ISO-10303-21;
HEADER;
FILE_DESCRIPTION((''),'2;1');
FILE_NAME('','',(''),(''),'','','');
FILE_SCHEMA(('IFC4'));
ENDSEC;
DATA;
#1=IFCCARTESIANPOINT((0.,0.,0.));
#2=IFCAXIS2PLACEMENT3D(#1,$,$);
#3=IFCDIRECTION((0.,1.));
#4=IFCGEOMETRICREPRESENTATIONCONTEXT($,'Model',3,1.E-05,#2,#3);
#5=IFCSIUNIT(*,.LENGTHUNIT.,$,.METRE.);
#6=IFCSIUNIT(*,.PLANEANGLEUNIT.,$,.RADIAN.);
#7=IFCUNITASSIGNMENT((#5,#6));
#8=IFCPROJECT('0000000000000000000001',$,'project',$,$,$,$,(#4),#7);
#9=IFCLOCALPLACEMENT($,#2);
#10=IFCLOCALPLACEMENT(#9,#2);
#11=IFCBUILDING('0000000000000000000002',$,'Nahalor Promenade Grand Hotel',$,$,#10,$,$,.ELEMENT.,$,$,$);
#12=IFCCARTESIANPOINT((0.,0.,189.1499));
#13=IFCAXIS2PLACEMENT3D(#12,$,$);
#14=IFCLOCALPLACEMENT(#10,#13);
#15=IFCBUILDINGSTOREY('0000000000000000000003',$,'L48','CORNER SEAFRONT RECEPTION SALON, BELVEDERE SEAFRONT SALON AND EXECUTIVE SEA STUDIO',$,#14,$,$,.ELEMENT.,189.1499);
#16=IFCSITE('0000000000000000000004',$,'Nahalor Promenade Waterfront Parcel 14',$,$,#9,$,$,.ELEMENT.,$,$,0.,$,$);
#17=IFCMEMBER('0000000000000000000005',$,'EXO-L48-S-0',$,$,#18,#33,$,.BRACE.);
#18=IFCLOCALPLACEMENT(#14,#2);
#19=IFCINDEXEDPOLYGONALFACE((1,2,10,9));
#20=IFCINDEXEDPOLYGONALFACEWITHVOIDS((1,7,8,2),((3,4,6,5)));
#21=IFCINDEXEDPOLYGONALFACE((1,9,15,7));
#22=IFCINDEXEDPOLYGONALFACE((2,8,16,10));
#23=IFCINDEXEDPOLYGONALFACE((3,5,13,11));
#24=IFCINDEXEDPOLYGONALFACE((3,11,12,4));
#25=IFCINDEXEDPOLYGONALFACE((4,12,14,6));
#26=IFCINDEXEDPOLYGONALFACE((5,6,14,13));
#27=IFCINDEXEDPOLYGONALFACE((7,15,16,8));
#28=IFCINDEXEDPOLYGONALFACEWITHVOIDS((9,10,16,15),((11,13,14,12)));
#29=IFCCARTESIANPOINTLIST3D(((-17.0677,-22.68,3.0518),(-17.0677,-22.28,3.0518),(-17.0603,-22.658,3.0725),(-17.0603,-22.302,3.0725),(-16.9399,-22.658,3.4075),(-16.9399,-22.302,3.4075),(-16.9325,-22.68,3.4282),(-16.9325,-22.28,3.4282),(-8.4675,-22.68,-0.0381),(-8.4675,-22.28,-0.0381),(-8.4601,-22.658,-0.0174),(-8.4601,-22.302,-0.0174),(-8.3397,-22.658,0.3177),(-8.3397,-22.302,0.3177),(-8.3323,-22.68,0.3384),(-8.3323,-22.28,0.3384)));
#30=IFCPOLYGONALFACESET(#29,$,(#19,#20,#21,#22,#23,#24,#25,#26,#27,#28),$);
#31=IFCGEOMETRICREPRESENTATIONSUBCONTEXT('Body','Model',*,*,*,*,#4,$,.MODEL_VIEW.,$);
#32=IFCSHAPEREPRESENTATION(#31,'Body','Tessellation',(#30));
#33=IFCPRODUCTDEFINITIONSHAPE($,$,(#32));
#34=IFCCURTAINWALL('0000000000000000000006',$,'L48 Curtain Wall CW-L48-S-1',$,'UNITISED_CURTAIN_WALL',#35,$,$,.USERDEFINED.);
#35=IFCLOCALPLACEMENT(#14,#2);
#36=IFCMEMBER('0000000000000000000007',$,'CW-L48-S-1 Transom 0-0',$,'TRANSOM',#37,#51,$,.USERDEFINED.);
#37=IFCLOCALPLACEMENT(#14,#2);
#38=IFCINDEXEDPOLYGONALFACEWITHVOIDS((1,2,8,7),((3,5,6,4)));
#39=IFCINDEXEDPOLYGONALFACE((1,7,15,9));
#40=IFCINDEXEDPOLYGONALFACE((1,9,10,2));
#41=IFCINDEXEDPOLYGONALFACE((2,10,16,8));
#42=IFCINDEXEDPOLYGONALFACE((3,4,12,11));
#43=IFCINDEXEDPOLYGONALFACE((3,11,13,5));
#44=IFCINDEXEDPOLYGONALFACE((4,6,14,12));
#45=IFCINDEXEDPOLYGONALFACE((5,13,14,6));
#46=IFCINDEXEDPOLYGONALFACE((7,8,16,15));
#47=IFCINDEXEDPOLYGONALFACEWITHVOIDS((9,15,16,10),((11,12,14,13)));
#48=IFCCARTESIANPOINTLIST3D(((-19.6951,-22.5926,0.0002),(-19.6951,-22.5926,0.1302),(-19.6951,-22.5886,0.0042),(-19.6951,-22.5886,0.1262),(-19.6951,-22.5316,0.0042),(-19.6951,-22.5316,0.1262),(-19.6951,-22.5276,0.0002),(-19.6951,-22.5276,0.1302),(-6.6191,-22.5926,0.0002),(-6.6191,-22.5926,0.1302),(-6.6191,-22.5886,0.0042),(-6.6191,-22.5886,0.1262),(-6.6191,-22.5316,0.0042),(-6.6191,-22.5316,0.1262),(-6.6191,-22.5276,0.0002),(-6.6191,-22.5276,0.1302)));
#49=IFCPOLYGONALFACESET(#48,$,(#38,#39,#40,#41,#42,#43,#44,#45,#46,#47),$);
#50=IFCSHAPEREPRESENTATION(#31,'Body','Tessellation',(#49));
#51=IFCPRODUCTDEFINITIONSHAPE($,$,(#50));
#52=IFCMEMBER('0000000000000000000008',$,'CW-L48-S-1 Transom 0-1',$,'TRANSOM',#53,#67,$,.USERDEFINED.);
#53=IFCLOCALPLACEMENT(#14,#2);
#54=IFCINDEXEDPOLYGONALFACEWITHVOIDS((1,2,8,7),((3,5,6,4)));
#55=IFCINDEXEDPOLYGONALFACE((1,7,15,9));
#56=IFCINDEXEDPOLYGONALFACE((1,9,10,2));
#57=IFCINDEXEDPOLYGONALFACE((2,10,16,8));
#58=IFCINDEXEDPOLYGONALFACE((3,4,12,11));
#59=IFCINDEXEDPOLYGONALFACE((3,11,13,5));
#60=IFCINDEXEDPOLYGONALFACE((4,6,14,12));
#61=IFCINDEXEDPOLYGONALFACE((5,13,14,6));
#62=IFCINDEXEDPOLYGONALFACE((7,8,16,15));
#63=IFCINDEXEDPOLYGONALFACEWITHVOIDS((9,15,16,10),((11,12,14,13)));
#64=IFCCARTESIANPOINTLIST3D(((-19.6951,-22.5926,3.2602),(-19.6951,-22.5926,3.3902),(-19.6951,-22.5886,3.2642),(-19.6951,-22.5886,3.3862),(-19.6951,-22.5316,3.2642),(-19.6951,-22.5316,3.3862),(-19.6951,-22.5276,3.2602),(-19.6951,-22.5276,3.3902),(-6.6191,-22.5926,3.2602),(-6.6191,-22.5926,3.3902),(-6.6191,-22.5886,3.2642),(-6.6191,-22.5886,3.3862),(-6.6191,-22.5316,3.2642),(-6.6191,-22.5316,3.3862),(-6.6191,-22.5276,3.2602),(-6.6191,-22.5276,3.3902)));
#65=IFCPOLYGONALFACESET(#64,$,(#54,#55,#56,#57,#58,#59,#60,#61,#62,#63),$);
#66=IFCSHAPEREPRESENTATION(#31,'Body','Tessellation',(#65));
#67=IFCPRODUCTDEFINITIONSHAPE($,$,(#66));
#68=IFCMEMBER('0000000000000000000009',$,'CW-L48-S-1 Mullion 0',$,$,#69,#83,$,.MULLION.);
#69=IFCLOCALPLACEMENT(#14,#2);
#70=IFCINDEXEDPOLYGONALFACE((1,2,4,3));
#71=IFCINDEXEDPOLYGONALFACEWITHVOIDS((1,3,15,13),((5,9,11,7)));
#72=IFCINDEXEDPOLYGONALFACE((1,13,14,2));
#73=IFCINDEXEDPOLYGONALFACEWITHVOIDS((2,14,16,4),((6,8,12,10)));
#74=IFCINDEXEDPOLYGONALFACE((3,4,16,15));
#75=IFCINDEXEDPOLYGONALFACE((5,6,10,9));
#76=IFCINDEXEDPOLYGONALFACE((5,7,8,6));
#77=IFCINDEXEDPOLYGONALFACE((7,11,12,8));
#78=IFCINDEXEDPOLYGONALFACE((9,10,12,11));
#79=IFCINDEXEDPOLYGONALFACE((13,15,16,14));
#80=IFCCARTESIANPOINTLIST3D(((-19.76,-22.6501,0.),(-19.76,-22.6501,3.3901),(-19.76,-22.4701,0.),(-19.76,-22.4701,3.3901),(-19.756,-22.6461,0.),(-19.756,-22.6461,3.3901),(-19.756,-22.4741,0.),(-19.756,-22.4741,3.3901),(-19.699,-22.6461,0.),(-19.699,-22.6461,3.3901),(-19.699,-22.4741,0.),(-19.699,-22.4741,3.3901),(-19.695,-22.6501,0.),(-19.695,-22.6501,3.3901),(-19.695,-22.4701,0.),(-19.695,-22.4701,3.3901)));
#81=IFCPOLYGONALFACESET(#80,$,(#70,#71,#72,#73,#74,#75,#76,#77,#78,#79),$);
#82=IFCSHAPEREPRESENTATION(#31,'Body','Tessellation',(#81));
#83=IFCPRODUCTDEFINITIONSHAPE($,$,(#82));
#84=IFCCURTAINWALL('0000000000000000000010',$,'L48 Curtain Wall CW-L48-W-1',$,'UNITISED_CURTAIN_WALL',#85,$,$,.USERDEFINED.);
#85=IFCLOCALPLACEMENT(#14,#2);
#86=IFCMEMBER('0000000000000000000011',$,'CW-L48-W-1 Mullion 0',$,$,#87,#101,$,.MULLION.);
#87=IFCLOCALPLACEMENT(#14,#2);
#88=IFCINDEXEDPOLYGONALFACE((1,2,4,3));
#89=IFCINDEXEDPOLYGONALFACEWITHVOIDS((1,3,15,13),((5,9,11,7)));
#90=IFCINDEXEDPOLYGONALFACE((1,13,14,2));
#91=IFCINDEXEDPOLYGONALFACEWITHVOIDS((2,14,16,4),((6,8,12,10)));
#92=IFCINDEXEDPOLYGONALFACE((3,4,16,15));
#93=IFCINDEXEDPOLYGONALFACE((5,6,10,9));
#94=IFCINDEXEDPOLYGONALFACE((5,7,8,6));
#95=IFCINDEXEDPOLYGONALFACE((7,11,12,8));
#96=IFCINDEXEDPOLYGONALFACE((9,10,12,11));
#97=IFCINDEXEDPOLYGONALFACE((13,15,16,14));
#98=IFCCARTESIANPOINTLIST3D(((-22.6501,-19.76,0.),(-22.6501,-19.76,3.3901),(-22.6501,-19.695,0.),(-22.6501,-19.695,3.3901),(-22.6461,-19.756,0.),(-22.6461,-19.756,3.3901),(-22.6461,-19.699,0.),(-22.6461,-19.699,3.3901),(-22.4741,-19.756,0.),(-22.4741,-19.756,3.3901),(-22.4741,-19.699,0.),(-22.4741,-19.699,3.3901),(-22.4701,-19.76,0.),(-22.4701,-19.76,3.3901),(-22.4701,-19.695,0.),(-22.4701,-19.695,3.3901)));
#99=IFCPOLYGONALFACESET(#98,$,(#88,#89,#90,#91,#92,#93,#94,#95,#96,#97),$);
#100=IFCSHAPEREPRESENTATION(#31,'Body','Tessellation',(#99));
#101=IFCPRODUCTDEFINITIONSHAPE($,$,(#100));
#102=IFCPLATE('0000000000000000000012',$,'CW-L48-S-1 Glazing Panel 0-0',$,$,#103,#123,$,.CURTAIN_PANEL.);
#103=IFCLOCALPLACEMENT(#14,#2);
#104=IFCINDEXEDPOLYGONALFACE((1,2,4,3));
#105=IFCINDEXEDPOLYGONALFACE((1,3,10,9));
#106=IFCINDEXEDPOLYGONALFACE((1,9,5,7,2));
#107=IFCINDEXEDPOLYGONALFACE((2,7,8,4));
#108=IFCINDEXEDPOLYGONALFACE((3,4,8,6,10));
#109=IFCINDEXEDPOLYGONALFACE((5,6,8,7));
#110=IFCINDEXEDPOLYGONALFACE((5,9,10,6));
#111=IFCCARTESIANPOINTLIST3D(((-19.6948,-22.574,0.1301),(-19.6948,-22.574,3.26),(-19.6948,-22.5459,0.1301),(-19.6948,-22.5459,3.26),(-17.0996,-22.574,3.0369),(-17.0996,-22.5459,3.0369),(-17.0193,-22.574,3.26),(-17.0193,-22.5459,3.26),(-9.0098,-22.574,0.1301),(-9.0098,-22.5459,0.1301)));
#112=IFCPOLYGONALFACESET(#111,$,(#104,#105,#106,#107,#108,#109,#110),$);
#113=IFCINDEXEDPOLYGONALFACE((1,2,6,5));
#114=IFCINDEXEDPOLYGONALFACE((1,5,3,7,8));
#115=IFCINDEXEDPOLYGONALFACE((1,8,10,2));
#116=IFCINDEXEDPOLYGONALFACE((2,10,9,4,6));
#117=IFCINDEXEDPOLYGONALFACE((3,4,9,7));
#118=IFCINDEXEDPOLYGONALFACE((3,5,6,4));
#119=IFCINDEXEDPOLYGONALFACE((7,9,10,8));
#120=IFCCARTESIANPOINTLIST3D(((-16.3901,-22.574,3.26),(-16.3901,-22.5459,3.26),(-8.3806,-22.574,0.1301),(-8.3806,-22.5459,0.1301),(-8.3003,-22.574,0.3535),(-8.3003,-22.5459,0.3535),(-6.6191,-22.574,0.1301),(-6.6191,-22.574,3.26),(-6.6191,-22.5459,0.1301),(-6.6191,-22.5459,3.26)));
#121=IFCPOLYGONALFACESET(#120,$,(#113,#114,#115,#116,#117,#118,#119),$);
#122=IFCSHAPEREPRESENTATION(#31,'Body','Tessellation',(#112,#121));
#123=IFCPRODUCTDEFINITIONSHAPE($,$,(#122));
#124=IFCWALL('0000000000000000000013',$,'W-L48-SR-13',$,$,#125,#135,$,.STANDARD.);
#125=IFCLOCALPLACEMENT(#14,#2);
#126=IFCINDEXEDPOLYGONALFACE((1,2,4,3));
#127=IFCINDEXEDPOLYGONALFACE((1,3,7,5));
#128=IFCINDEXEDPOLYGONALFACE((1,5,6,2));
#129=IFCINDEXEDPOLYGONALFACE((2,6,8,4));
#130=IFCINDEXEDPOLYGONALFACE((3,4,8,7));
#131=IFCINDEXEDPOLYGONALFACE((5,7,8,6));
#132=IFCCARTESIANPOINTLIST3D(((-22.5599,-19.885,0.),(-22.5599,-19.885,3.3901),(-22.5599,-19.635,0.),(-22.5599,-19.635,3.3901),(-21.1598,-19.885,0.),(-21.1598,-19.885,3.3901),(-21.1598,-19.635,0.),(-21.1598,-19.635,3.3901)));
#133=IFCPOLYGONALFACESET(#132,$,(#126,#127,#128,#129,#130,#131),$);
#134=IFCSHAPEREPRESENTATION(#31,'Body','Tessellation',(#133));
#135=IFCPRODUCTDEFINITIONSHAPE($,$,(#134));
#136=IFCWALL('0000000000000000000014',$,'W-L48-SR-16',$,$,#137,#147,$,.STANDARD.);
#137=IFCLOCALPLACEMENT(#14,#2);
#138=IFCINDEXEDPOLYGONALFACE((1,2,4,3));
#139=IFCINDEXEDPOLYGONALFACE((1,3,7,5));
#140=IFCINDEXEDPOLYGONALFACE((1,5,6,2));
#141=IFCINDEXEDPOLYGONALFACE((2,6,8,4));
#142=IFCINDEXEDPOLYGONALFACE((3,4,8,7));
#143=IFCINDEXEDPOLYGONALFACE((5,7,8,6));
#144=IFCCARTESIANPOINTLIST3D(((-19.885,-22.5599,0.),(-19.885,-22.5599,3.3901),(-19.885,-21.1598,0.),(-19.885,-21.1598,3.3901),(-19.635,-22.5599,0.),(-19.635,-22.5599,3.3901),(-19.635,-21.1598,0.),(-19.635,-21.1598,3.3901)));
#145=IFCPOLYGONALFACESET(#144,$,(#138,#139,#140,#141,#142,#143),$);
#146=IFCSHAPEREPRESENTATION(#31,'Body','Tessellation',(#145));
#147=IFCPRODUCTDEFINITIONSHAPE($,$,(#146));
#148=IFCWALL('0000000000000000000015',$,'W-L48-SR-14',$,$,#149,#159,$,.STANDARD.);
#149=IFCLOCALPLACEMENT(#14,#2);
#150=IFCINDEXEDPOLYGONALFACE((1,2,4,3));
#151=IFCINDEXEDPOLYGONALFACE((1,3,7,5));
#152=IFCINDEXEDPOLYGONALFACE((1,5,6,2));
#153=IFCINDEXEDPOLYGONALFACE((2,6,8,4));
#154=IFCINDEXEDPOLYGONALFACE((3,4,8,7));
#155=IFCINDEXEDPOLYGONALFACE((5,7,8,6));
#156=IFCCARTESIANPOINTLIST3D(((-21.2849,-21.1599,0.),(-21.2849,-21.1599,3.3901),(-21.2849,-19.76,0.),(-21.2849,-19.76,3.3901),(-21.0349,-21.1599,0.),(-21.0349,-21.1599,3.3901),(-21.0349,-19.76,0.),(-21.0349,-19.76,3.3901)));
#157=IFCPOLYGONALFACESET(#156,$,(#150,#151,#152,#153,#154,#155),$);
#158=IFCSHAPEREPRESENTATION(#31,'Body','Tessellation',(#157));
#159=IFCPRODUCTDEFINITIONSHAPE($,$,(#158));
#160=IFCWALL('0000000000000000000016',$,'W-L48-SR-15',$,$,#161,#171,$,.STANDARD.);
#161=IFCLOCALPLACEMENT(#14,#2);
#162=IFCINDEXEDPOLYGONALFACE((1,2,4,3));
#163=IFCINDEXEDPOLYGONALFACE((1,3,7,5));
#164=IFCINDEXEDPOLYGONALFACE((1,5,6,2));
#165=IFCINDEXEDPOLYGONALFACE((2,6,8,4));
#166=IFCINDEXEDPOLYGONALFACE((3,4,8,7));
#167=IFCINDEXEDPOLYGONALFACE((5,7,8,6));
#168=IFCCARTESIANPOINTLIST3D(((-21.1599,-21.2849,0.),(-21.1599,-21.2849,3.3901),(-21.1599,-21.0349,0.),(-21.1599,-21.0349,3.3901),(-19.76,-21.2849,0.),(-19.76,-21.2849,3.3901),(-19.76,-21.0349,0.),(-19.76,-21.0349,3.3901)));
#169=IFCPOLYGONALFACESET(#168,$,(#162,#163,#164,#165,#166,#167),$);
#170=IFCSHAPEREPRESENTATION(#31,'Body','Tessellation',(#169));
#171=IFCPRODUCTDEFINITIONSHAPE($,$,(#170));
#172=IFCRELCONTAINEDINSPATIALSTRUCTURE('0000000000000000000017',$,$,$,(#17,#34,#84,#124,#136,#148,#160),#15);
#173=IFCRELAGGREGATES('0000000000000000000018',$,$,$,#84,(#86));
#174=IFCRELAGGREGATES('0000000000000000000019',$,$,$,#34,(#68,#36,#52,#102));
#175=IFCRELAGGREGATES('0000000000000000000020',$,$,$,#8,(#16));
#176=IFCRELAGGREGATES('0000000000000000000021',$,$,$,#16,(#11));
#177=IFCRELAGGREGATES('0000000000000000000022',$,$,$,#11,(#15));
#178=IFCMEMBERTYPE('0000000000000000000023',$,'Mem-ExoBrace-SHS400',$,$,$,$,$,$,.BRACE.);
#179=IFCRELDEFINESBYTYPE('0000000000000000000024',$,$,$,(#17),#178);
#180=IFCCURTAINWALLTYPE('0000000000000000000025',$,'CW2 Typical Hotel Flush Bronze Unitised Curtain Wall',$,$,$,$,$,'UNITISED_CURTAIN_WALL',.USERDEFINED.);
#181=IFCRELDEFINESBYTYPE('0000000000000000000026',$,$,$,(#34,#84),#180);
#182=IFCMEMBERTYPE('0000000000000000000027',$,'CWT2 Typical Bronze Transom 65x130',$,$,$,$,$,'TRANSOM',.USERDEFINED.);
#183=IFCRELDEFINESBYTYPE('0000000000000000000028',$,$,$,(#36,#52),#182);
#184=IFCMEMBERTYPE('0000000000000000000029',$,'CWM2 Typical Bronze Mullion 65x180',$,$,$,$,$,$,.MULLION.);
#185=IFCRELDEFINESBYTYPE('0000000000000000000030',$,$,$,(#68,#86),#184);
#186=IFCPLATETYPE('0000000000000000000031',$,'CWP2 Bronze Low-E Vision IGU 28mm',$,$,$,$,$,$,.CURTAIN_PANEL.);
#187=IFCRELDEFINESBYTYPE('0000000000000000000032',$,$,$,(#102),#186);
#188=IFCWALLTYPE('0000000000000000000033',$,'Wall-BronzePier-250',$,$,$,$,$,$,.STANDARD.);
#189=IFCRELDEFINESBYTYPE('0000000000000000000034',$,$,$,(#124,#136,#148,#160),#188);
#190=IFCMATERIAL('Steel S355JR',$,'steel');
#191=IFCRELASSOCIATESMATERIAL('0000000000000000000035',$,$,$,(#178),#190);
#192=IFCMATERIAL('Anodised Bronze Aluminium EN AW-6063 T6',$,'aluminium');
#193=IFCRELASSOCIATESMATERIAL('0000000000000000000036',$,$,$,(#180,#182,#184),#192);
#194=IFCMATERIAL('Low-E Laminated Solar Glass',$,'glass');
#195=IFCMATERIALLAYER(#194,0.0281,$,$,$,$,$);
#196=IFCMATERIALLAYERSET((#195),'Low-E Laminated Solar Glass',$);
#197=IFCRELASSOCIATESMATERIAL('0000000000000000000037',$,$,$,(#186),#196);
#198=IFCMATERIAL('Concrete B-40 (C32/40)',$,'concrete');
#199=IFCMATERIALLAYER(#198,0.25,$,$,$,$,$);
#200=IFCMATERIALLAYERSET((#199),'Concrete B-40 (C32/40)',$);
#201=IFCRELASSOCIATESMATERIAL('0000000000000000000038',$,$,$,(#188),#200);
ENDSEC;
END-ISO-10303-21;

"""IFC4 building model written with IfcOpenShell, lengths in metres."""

from ifc_helpers import new_model, si_unit, direction, frame, frame_2d, origin, origin_2d, place, context, subcontext, project, spatial, polyline, rectangle, hollow_rectangle, outline, extrude, source, transform, mapped, material, layer, layer_set, material_profile, profile_set, type_object, element, aggregate, save


model = new_model("IFC4")

# Units and contexts
model_context = context("Model", 3, precision=1e-05, world=origin(), true_north=direction((0.0, 1.0)))
body_context = subcontext(model_context, "Body", "Model", "MODEL_VIEW")
ifc_project = project(units=[si_unit("LENGTHUNIT", "METRE"), si_unit("PLANEANGLEUNIT", "RADIAN")], contexts=[model_context])

# Site, building, storey
site_placement = place(None, origin())
site = spatial("IfcSite", under=ifc_project, at=site_placement, Name="Nahalor Promenade Waterfront Parcel 14", CompositionType="ELEMENT", RefElevation=0.0)
building_placement = place(site_placement, origin())
building = spatial("IfcBuilding", under=site, at=building_placement, Name="Nahalor Promenade Grand Hotel", CompositionType="ELEMENT")
storey_placement = place(building_placement, frame((0.0, 0.0, 189.1499)))
storey = spatial("IfcBuildingStorey", under=building, at=storey_placement, Name="L48", Description="CORNER SEAFRONT RECEPTION SALON, BELVEDERE SEAFRONT SALON AND EXECUTIVE SEA STUDIO", CompositionType="ELEMENT", Elevation=189.1499)

# Shared definitions
ifc_material_1 = material(Name="Steel S355JR", Category="steel")

# Member
ifc_material_profile_1 = material_profile(ifc_material_1, hollow_rectangle(XDim=0.4, YDim=0.4, WallThickness=0.022, at=origin_2d()), Name="SHS 400x400x22")
ifc_profile_set_1 = profile_set([ifc_material_profile_1], Name="Steel S355JR")
member_type_1 = type_object("IfcMemberType", Name="Mem-ExoBrace-SHS400", PredefinedType="BRACE", material=ifc_profile_set_1)
shared_shape_1 = source(origin(), body_context, "Body", "SweptSolid", [
    extrude(hollow_rectangle(XDim=0.4, YDim=0.4, WallThickness=0.022, at=origin_2d()), origin(), (0.0, 0.0, 1.0), 9.1384),
])
member_1_placement = place(storey_placement, frame((-8.3999, -22.48, 0.1501), z_axis=(-0.941103, 0.0, 0.33812), x_axis=(0.0, -1.0, 0.0)))
element("IfcMember", 1, at=member_1_placement, inside=storey, type_object=member_type_1, Name="EXO-L48-S-0", PredefinedType="BRACE", context=body_context, shape_type="MappedRepresentation", body=[
    mapped(shared_shape_1, transform((0.0, 0.0, 0.0), scale=1.0)),
])

# Curtain wall, members
ifc_material_2 = material(Name="Anodised Bronze Aluminium EN AW-6063 T6", Category="aluminium")
curtain_wall_type = type_object("IfcCurtainWallType", Name="CW2 Typical Hotel Flush Bronze Unitised Curtain Wall", ElementType="UNITISED_CURTAIN_WALL", PredefinedType="USERDEFINED", material=ifc_material_2)
curtain_wall_1_placement = place(storey_placement, origin())
curtain_wall_1 = element("IfcCurtainWall", 2, at=curtain_wall_1_placement, inside=storey, type_object=curtain_wall_type, Name="L48 Curtain Wall CW-L48-S-1", ObjectType="UNITISED_CURTAIN_WALL", PredefinedType="USERDEFINED")
ifc_material_profile_2 = material_profile(ifc_material_2, hollow_rectangle(XDim=0.065, YDim=0.13, WallThickness=0.004, at=origin_2d()), Name="CWT 65x130x4")
ifc_profile_set_2 = profile_set([ifc_material_profile_2], Name="Anodised Bronze Aluminium EN AW-6063 T6")
member_type_2 = type_object("IfcMemberType", Name="CWT2 Typical Bronze Transom 65x130", ElementType="TRANSOM", PredefinedType="USERDEFINED", material=ifc_profile_set_2)
shared_shape_2 = source(origin(), body_context, "Body", "SweptSolid", [
    extrude(hollow_rectangle(XDim=0.065, YDim=0.13, WallThickness=0.004, at=origin_2d()), origin(), (0.0, 0.0, 1.0), 13.0759),
])
member_2_placement = place(storey_placement, frame((-19.6951, -22.5601, 0.0652), z_axis=(1.0, 0.0, 0.0), x_axis=(0.0, 1.0, 0.0)))
member_2 = element("IfcMember", 3, at=member_2_placement, type_object=member_type_2, Name="CW-L48-S-1 Transom 0-0", ObjectType="TRANSOM", PredefinedType="USERDEFINED", context=body_context, shape_type="MappedRepresentation", body=[
    mapped(shared_shape_2, transform((0.0, 0.0, 0.0), scale=1.0)),
])
member_3_placement = place(storey_placement, frame((-19.6951, -22.5601, 3.3252), z_axis=(1.0, 0.0, 0.0), x_axis=(0.0, 1.0, 0.0)))
member_3 = element("IfcMember", 4, at=member_3_placement, type_object=member_type_2, Name="CW-L48-S-1 Transom 0-1", ObjectType="TRANSOM", PredefinedType="USERDEFINED", context=body_context, shape_type="MappedRepresentation", body=[
    mapped(shared_shape_2, transform((0.0, 0.0, 0.0), scale=1.0)),
])
ifc_material_profile_3 = material_profile(ifc_material_2, hollow_rectangle(XDim=0.065, YDim=0.18, WallThickness=0.004, at=origin_2d()), Name="CWM 65x180x4")
ifc_profile_set_3 = profile_set([ifc_material_profile_3], Name="Anodised Bronze Aluminium EN AW-6063 T6")
member_type_3 = type_object("IfcMemberType", Name="CWM2 Typical Bronze Mullion 65x180", PredefinedType="MULLION", material=ifc_profile_set_3)
shared_shape_3 = source(origin(), body_context, "Body", "SweptSolid", [
    extrude(hollow_rectangle(XDim=0.065, YDim=0.18, WallThickness=0.004, at=origin_2d()), origin(), (0.0, 0.0, 1.0), 3.3901),
])
member_4_placement = place(storey_placement, frame((-19.7275, -22.5601, 0.0), z_axis=(0.0, 0.0, 1.0), x_axis=(1.0, 0.0, 0.0)))
member_4 = element("IfcMember", 5, at=member_4_placement, type_object=member_type_3, Name="CW-L48-S-1 Mullion 0", PredefinedType="MULLION", context=body_context, shape_type="MappedRepresentation", body=[
    mapped(shared_shape_3, transform((0.0, 0.0, 0.0), scale=1.0)),
])

# Curtain wall, member
curtain_wall_2_placement = place(storey_placement, origin())
curtain_wall_2 = element("IfcCurtainWall", 6, at=curtain_wall_2_placement, inside=storey, type_object=curtain_wall_type, Name="L48 Curtain Wall CW-L48-W-1", ObjectType="UNITISED_CURTAIN_WALL", PredefinedType="USERDEFINED")
member_5_placement = place(storey_placement, frame((-22.5601, -19.7275, 0.0), z_axis=(0.0, 0.0, 1.0), x_axis=(0.0, 1.0, 0.0)))
member_5 = element("IfcMember", 7, at=member_5_placement, type_object=member_type_3, Name="CW-L48-W-1 Mullion 0", PredefinedType="MULLION", context=body_context, shape_type="MappedRepresentation", body=[
    mapped(shared_shape_3, transform((0.0, 0.0, 0.0), scale=1.0)),
])
aggregate(curtain_wall_2, [member_5])

# Plate
ifc_material_3 = material(Name="Low-E Laminated Solar Glass", Category="glass")
ifc_layer_1 = layer(ifc_material_3, 0.0281)
ifc_layer_set_1 = layer_set([ifc_layer_1], Name="Low-E Laminated Solar Glass")
plate_type = type_object("IfcPlateType", Name="CWP2 Bronze Low-E Vision IGU 28mm", PredefinedType="CURTAIN_PANEL", material=ifc_layer_set_1)
plate_placement = place(storey_placement, frame((-13.157, -22.5601, 0.1301), z_axis=(0.0, 0.0, 1.0), x_axis=(1.0, 0.0, 0.0)))
plate = element("IfcPlate", 8, at=plate_placement, type_object=plate_type, Name="CW-L48-S-1 Glazing Panel 0-0", PredefinedType="CURTAIN_PANEL", context=body_context, shape_type="SweptSolid", body=[
    extrude(outline(polyline([(-6.5378, 3.1299), (-6.5378, 0.0), (4.1472, 0.0), (-3.9426, 2.9067), (-3.8623, 3.1299), (-6.5378, 3.1299)])), frame((0.0, 0.0142, 0.0), z_axis=(0.0, -1.0, 0.0), x_axis=(1.0, 0.0, 0.0)), (0.0, 0.0, 1.0), 0.0281),
    extrude(outline(polyline([(6.5378, 0.0), (6.5378, 3.1299), (-3.2332, 3.1299), (4.8567, 0.2234), (4.7764, 0.0), (6.5378, 0.0)])), frame((0.0, 0.0142, 0.0), z_axis=(0.0, -1.0, 0.0), x_axis=(1.0, 0.0, 0.0)), (0.0, 0.0, 1.0), 0.0281),
])
aggregate(curtain_wall_1, [member_4, member_2, member_3, plate])

# Walls
ifc_material_4 = material(Name="Concrete B-40 (C32/40)", Category="concrete")
ifc_layer_2 = layer(ifc_material_4, 0.25)
ifc_layer_set_2 = layer_set([ifc_layer_2], Name="Concrete B-40 (C32/40)")
wall_type_1 = type_object("IfcWallType", Name="Wall-BronzePier-250", PredefinedType="STANDARD", material=ifc_layer_set_2)
shared_shape_4 = source(origin(), body_context, "Body", "SweptSolid", [
    extrude(rectangle(XDim=1.4001, YDim=0.25, at=frame_2d((0.7002, 0.0))), origin(), (0.0, 0.0, 1.0), 3.3901),
])
for number, where, z_axis, x_axis, name in (
    (9, (-22.5601, -19.76, 0.0), (0.0, 0.0, 1.0), (1.0, 0.0, 0.0), "W-L48-SR-13"),
    (10, (-19.76, -22.5601, 0.0), (0.0, 0.0, 1.0), (0.0, 1.0, 0.0), "W-L48-SR-16"),
):
    element("IfcWall", number, at=place(storey_placement, frame(where, z_axis=z_axis, x_axis=x_axis)), inside=storey, type_object=wall_type_1, Name=name, PredefinedType="STANDARD", context=body_context, shape_type="MappedRepresentation", body=[
        mapped(shared_shape_4, transform((0.0, 0.0, 0.0), scale=1.0)),
    ])
shared_shape_5 = source(origin(), body_context, "Body", "SweptSolid", [
    extrude(rectangle(XDim=1.3999, YDim=0.25, at=frame_2d((0.7, 0.0))), origin(), (0.0, 0.0, 1.0), 3.3901),
])
for number, where, z_axis, x_axis, name in (
    (11, (-21.1599, -21.1599, 0.0), (0.0, 0.0, 1.0), (0.0, 1.0, 0.0), "W-L48-SR-14"),
    (12, (-21.1599, -21.1599, 0.0), (0.0, 0.0, 1.0), (1.0, 0.0, 0.0), "W-L48-SR-15"),
):
    element("IfcWall", number, at=place(storey_placement, frame(where, z_axis=z_axis, x_axis=x_axis)), inside=storey, type_object=wall_type_1, Name=name, PredefinedType="STANDARD", context=body_context, shape_type="MappedRepresentation", body=[
        mapped(shared_shape_5, transform((0.0, 0.0, 0.0), scale=1.0)),
    ])

save(model, "model.ifc")
